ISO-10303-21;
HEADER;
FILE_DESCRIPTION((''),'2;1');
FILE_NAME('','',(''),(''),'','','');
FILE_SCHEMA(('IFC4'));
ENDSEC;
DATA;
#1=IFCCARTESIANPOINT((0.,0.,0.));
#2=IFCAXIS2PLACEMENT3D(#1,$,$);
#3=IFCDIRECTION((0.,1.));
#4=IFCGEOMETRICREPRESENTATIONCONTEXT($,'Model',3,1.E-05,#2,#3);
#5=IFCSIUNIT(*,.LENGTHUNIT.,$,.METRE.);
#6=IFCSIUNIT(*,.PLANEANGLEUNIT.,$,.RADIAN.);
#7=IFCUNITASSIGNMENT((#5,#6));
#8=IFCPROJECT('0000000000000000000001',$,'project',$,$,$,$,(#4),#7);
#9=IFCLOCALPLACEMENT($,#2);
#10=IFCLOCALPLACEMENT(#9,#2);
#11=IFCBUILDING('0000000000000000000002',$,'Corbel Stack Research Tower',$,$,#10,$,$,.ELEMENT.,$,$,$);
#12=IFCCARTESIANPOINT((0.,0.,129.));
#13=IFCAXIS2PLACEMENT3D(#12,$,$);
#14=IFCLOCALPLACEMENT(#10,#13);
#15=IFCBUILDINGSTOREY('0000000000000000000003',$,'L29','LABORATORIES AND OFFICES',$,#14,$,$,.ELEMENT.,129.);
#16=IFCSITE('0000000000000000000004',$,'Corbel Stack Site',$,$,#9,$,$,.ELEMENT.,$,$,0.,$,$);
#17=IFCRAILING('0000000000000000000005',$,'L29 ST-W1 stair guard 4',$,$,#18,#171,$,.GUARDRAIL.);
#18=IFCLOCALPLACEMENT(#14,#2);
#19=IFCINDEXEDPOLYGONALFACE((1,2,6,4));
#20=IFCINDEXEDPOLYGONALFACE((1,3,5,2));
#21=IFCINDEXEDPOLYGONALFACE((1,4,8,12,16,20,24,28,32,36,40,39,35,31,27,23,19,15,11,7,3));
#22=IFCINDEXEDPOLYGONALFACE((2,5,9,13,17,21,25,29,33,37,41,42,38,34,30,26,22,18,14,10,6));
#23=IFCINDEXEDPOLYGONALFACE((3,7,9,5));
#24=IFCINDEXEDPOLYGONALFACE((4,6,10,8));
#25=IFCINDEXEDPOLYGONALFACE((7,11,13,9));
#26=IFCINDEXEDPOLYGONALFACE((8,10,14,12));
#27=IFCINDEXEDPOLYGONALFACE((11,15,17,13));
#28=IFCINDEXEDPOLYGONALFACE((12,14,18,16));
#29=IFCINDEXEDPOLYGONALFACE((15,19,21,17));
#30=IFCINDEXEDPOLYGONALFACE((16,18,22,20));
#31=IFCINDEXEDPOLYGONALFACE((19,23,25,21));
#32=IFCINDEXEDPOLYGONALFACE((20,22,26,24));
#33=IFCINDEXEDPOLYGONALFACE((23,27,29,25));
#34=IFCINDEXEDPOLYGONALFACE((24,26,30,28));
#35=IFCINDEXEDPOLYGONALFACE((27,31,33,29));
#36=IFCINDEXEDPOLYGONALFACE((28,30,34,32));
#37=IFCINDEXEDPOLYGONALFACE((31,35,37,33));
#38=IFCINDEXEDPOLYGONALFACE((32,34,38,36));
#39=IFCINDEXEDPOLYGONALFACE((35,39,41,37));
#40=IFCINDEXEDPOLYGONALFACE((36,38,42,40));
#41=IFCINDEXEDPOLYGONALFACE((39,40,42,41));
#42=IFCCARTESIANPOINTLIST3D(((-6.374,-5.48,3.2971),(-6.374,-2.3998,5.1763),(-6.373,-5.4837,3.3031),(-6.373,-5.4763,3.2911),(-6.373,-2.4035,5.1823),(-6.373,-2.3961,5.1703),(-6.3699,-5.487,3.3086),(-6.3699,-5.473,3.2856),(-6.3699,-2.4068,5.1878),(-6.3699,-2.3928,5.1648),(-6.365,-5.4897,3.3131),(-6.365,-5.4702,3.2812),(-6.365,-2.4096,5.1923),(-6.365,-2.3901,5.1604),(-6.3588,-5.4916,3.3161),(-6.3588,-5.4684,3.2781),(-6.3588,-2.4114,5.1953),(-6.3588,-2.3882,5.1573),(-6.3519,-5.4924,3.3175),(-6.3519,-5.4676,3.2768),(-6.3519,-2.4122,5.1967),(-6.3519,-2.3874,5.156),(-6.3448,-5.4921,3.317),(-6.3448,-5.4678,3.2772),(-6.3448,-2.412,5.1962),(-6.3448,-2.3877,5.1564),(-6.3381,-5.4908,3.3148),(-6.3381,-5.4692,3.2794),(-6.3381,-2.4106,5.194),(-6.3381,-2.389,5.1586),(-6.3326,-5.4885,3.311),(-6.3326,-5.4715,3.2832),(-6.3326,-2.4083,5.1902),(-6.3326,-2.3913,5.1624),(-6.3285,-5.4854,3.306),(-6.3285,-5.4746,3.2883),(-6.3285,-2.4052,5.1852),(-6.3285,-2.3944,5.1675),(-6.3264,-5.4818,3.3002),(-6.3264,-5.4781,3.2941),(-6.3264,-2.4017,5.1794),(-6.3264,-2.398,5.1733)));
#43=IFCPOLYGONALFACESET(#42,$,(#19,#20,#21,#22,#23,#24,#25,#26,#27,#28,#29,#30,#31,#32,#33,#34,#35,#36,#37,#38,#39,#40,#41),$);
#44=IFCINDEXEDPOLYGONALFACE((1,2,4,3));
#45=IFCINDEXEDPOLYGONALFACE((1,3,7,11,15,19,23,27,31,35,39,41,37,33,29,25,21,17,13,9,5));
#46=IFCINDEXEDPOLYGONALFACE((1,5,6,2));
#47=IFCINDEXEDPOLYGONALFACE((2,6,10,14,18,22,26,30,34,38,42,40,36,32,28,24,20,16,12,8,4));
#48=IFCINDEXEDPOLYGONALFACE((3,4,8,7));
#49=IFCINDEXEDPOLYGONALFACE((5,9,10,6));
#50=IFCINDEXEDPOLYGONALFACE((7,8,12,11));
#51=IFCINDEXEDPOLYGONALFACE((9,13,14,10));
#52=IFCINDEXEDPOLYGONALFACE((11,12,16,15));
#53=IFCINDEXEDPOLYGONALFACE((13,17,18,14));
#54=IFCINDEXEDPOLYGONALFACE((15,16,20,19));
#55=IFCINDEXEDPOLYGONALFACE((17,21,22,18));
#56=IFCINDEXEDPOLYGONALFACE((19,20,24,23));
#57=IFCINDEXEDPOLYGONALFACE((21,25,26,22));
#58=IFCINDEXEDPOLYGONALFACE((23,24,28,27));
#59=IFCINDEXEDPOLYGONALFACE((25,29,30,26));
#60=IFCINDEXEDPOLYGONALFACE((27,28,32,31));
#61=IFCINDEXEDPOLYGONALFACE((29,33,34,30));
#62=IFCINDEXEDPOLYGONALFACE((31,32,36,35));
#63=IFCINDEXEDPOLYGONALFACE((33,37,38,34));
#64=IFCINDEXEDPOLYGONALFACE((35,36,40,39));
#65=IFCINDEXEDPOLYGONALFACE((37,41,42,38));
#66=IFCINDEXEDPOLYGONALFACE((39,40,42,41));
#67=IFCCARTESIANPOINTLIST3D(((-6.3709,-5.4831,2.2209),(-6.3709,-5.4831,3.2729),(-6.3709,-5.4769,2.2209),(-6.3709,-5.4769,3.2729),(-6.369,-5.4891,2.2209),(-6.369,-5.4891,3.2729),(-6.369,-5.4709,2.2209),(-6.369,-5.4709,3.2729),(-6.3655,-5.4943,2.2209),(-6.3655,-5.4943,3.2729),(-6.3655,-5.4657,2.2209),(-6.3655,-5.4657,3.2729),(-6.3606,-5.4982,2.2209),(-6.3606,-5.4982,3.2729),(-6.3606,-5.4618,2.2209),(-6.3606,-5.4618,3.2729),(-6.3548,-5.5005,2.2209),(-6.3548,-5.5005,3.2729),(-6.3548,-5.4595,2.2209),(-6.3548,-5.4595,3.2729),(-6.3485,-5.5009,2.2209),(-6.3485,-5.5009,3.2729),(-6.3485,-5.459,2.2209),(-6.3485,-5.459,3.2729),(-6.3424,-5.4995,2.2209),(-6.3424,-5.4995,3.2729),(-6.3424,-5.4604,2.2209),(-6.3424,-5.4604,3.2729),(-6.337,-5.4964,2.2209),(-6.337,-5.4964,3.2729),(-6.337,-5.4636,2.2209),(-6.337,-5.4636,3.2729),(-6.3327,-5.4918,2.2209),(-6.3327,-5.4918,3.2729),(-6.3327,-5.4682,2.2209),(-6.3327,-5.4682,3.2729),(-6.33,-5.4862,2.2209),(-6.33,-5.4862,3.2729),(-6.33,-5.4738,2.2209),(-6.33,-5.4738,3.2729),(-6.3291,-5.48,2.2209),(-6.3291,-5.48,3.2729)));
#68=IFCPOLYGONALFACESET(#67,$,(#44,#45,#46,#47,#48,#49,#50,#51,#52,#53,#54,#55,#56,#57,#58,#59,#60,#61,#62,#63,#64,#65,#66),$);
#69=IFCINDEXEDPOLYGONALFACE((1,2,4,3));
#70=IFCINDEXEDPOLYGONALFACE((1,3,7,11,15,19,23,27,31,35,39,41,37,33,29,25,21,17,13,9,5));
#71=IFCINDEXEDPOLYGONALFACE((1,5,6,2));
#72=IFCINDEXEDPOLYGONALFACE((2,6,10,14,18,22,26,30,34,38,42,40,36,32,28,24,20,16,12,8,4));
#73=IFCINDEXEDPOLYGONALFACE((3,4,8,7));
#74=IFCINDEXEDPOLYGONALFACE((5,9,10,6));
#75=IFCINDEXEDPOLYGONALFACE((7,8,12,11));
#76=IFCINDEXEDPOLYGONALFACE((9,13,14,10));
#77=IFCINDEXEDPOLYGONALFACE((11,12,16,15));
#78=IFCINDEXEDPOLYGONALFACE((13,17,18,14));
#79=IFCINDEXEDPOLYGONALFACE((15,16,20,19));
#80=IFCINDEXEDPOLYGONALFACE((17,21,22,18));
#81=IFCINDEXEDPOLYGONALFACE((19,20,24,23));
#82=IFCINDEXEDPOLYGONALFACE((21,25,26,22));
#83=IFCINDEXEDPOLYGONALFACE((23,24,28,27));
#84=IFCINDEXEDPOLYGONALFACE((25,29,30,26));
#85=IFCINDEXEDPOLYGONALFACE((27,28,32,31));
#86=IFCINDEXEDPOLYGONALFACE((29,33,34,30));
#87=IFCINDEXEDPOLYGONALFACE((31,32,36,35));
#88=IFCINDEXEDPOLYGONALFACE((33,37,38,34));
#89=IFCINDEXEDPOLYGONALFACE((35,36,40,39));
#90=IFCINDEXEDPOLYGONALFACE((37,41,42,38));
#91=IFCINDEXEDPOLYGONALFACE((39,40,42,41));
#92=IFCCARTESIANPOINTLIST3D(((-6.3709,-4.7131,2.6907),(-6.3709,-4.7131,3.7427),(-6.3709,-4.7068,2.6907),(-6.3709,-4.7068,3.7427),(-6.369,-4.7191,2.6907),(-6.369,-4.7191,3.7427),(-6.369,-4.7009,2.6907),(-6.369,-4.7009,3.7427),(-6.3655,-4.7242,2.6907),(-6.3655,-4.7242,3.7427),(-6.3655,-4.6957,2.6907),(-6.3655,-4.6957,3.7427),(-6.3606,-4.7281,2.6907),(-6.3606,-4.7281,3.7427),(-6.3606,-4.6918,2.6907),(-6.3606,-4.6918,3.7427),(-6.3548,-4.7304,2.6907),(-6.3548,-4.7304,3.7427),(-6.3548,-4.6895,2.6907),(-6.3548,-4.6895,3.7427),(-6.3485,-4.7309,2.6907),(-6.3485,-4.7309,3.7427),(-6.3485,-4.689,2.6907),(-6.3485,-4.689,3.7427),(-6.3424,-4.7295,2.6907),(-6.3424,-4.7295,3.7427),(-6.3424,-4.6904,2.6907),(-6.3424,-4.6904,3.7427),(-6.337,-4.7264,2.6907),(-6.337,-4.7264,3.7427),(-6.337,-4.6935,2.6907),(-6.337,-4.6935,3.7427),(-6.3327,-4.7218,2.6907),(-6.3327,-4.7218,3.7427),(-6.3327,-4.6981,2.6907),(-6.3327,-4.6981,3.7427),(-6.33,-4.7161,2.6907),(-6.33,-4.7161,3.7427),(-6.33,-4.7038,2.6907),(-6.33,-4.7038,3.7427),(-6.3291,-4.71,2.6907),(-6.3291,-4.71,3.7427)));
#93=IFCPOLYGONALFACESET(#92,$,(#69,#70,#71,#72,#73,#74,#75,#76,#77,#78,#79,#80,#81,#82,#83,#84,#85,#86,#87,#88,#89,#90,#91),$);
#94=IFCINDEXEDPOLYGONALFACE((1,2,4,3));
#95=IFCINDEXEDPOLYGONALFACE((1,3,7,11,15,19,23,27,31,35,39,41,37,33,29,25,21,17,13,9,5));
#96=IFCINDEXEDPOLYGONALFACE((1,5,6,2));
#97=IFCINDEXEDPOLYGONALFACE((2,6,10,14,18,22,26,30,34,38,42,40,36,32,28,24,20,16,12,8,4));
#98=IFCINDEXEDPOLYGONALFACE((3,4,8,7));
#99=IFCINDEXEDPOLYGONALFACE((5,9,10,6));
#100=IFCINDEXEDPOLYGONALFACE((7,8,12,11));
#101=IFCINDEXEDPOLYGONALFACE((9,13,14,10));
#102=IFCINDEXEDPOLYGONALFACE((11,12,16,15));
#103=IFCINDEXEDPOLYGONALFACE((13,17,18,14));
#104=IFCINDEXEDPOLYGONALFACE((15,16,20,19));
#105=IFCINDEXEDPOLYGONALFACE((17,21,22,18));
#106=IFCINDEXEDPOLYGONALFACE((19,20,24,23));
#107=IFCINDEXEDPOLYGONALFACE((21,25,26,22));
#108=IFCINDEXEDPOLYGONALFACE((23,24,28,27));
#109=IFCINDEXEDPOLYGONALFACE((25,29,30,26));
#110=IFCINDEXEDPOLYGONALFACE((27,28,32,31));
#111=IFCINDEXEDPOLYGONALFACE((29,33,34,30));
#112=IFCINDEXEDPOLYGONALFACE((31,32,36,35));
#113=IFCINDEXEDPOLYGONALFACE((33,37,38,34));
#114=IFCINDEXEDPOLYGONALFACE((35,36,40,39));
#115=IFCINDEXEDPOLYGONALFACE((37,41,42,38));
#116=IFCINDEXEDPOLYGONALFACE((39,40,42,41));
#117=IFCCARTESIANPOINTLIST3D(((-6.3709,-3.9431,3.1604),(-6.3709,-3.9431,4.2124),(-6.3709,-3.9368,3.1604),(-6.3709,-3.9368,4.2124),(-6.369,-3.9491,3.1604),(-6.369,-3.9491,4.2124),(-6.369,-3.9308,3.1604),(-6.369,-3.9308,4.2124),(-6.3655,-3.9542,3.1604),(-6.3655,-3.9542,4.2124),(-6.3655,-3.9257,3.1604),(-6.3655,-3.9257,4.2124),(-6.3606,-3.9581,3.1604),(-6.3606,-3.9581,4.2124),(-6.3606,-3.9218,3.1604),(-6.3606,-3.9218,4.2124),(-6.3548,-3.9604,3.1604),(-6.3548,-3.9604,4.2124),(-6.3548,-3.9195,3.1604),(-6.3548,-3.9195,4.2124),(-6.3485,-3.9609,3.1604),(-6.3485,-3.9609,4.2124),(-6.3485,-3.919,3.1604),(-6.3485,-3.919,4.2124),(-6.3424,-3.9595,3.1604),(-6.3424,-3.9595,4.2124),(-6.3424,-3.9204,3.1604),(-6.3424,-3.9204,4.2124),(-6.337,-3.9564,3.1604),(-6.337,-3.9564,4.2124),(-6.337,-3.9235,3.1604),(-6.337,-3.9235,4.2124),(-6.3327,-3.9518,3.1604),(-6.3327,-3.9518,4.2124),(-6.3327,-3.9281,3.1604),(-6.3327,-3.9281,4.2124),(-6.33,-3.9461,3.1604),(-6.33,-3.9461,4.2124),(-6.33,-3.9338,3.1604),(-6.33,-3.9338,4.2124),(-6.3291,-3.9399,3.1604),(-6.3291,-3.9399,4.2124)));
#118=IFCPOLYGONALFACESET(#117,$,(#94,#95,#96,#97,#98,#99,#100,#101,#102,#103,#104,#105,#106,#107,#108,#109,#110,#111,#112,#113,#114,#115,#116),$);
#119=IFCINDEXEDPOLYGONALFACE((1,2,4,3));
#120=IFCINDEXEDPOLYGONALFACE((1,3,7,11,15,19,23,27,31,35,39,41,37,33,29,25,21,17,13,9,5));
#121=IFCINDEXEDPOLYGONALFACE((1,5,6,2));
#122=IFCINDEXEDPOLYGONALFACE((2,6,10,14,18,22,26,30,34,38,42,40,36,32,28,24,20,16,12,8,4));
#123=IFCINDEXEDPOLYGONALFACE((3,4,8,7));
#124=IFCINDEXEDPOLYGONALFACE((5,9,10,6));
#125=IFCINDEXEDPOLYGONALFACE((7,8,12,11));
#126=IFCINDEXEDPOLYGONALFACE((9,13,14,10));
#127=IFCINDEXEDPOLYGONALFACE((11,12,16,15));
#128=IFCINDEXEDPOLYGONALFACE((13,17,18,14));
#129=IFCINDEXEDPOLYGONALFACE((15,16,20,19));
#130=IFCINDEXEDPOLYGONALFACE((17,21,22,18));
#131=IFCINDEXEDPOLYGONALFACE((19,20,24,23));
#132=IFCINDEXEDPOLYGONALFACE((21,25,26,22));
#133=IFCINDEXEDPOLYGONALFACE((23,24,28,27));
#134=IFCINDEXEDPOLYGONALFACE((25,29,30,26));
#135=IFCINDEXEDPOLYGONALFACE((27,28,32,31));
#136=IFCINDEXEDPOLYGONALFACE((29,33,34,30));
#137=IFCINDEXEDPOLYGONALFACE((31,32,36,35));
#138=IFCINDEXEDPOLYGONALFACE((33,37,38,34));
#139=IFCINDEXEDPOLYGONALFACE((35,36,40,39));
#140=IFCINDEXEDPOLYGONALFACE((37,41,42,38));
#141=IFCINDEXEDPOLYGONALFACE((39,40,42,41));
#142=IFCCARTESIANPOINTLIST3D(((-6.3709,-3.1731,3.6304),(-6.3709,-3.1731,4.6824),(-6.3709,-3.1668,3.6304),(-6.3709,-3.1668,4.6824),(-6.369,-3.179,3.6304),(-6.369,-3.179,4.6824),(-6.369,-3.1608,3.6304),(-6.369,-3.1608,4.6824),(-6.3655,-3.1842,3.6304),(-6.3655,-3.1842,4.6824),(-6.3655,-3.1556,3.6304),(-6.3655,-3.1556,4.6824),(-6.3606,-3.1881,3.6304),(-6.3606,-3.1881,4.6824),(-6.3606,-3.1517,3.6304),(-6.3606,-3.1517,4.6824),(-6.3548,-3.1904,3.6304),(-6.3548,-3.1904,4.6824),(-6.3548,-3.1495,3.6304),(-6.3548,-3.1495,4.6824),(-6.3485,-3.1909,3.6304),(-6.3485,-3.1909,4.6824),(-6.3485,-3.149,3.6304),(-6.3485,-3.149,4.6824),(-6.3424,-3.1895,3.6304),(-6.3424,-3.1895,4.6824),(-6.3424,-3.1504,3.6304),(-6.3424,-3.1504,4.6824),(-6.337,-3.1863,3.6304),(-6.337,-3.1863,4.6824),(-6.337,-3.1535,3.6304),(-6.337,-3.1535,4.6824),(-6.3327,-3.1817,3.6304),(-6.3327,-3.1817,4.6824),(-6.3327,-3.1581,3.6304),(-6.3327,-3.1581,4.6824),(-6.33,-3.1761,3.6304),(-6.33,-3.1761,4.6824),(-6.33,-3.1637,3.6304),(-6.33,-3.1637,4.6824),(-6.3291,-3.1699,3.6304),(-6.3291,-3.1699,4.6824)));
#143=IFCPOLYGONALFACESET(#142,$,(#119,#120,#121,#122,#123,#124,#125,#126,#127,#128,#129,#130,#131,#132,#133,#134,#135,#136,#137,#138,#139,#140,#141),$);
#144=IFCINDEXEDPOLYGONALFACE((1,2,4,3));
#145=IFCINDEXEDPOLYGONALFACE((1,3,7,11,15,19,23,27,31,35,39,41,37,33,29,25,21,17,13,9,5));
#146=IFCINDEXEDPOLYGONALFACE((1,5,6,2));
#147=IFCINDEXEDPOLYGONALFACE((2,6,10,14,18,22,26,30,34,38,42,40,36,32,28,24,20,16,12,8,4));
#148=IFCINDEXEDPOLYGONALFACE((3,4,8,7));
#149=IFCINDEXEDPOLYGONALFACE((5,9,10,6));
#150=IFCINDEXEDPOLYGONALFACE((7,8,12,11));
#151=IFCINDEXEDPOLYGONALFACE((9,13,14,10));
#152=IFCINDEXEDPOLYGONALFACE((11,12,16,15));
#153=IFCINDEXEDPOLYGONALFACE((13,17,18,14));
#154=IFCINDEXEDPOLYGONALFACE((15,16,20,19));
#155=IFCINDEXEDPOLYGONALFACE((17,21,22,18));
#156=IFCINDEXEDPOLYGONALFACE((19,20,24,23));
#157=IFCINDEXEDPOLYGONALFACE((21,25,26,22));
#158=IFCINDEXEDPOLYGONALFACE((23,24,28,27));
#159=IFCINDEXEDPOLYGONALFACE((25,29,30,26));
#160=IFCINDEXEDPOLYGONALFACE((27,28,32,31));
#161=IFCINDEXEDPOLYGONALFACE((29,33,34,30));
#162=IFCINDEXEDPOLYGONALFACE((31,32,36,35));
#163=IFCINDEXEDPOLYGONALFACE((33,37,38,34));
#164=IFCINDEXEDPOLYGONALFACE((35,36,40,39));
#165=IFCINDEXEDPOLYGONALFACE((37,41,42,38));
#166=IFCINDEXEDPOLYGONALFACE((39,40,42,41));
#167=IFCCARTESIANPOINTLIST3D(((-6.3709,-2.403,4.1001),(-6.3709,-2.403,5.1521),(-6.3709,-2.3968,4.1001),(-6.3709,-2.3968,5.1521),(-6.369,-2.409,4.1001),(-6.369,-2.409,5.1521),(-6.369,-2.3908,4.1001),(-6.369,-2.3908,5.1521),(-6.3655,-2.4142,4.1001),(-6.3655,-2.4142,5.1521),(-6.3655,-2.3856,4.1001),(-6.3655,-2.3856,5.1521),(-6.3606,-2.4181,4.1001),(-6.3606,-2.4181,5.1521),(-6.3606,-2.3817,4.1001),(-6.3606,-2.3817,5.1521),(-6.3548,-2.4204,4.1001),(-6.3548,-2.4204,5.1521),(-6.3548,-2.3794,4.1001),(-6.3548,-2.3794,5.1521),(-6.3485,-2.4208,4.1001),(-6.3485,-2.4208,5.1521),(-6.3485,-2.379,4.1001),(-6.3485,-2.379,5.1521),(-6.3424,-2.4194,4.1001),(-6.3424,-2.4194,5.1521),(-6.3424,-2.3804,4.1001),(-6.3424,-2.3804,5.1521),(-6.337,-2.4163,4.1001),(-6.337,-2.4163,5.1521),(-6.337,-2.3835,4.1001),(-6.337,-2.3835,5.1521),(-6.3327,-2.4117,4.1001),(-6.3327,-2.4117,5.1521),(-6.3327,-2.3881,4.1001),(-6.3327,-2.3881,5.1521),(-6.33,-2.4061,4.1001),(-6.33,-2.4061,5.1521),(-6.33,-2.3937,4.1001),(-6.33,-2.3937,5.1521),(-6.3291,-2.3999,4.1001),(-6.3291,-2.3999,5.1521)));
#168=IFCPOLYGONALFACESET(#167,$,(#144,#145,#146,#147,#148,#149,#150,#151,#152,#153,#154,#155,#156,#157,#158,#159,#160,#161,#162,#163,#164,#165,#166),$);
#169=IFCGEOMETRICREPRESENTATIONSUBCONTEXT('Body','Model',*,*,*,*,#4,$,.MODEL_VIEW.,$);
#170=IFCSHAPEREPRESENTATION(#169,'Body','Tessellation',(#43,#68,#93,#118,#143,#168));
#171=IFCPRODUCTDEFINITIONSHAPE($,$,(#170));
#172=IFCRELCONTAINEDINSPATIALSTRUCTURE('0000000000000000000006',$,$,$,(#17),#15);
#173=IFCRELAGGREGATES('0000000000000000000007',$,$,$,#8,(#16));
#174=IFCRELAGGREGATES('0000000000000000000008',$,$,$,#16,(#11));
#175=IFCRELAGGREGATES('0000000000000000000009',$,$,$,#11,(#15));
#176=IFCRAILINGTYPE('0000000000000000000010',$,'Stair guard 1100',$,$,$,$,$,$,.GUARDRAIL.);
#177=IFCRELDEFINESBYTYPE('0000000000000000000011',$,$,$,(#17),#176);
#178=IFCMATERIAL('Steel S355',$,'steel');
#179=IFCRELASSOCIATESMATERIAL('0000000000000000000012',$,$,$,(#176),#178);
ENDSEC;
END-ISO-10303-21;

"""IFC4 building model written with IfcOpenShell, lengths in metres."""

from ifc_helpers import new_model, si_unit, direction, frame, origin, origin_2d, place, context, subcontext, project, spatial, circle, extrude, material, type_object, element, save


model = new_model("IFC4")

# Units and contexts
model_context = context("Model", 3, precision=1e-05, world=origin(), true_north=direction((0.0, 1.0)))
body_context = subcontext(model_context, "Body", "Model", "MODEL_VIEW")
ifc_project = project(units=[si_unit("LENGTHUNIT", "METRE"), si_unit("PLANEANGLEUNIT", "RADIAN")], contexts=[model_context])

# Site, building, storey
site_placement = place(None, origin())
site = spatial("IfcSite", under=ifc_project, at=site_placement, Name="Corbel Stack Site", CompositionType="ELEMENT", RefElevation=0.0)
building_placement = place(site_placement, origin())
building = spatial("IfcBuilding", under=site, at=building_placement, Name="Corbel Stack Research Tower", CompositionType="ELEMENT")
storey_placement = place(building_placement, frame((0.0, 0.0, 129.0)))
storey = spatial("IfcBuildingStorey", under=building, at=storey_placement, Name="L29", Description="LABORATORIES AND OFFICES", CompositionType="ELEMENT", Elevation=129.0)

# Railing
ifc_material_1 = material(Name="Steel S355", Category="steel")
railing_type_1 = type_object("IfcRailingType", Name="Stair guard 1100", PredefinedType="GUARDRAIL", material=ifc_material_1)
railing_1_placement = place(storey_placement, frame((-6.3501, -5.48, 2.2209)))
element("IfcRailing", 1, at=railing_1_placement, inside=storey, type_object=railing_type_1, Name="L29 ST-W1 stair guard 4", PredefinedType="GUARDRAIL", context=body_context, shape_type="SweptSolid", body=[
    extrude(circle(Radius=0.0239, at=origin_2d()), frame((0.0, 0.0, 1.0762), z_axis=(0.0, 0.853666, 0.52082), x_axis=(-1.0, 0.0, 0.0)), (0.0, 0.0, 1.0), 3.6082),
    extrude(circle(Radius=0.021, at=origin_2d()), origin(), (0.0, 0.0, 1.0), 1.052),
    extrude(circle(Radius=0.021, at=origin_2d()), frame((0.0, 0.77, 0.4697)), (0.0, 0.0, 1.0), 1.052),
    extrude(circle(Radius=0.021, at=origin_2d()), frame((0.0, 1.54, 0.9395)), (0.0, 0.0, 1.0), 1.052),
    extrude(circle(Radius=0.021, at=origin_2d()), frame((0.0, 2.3101, 1.4094)), (0.0, 0.0, 1.0), 1.052),
    extrude(circle(Radius=0.021, at=origin_2d()), frame((0.0, 3.0801, 1.8792)), (0.0, 0.0, 1.0), 1.052),
])

save(model, "model.ifc")
